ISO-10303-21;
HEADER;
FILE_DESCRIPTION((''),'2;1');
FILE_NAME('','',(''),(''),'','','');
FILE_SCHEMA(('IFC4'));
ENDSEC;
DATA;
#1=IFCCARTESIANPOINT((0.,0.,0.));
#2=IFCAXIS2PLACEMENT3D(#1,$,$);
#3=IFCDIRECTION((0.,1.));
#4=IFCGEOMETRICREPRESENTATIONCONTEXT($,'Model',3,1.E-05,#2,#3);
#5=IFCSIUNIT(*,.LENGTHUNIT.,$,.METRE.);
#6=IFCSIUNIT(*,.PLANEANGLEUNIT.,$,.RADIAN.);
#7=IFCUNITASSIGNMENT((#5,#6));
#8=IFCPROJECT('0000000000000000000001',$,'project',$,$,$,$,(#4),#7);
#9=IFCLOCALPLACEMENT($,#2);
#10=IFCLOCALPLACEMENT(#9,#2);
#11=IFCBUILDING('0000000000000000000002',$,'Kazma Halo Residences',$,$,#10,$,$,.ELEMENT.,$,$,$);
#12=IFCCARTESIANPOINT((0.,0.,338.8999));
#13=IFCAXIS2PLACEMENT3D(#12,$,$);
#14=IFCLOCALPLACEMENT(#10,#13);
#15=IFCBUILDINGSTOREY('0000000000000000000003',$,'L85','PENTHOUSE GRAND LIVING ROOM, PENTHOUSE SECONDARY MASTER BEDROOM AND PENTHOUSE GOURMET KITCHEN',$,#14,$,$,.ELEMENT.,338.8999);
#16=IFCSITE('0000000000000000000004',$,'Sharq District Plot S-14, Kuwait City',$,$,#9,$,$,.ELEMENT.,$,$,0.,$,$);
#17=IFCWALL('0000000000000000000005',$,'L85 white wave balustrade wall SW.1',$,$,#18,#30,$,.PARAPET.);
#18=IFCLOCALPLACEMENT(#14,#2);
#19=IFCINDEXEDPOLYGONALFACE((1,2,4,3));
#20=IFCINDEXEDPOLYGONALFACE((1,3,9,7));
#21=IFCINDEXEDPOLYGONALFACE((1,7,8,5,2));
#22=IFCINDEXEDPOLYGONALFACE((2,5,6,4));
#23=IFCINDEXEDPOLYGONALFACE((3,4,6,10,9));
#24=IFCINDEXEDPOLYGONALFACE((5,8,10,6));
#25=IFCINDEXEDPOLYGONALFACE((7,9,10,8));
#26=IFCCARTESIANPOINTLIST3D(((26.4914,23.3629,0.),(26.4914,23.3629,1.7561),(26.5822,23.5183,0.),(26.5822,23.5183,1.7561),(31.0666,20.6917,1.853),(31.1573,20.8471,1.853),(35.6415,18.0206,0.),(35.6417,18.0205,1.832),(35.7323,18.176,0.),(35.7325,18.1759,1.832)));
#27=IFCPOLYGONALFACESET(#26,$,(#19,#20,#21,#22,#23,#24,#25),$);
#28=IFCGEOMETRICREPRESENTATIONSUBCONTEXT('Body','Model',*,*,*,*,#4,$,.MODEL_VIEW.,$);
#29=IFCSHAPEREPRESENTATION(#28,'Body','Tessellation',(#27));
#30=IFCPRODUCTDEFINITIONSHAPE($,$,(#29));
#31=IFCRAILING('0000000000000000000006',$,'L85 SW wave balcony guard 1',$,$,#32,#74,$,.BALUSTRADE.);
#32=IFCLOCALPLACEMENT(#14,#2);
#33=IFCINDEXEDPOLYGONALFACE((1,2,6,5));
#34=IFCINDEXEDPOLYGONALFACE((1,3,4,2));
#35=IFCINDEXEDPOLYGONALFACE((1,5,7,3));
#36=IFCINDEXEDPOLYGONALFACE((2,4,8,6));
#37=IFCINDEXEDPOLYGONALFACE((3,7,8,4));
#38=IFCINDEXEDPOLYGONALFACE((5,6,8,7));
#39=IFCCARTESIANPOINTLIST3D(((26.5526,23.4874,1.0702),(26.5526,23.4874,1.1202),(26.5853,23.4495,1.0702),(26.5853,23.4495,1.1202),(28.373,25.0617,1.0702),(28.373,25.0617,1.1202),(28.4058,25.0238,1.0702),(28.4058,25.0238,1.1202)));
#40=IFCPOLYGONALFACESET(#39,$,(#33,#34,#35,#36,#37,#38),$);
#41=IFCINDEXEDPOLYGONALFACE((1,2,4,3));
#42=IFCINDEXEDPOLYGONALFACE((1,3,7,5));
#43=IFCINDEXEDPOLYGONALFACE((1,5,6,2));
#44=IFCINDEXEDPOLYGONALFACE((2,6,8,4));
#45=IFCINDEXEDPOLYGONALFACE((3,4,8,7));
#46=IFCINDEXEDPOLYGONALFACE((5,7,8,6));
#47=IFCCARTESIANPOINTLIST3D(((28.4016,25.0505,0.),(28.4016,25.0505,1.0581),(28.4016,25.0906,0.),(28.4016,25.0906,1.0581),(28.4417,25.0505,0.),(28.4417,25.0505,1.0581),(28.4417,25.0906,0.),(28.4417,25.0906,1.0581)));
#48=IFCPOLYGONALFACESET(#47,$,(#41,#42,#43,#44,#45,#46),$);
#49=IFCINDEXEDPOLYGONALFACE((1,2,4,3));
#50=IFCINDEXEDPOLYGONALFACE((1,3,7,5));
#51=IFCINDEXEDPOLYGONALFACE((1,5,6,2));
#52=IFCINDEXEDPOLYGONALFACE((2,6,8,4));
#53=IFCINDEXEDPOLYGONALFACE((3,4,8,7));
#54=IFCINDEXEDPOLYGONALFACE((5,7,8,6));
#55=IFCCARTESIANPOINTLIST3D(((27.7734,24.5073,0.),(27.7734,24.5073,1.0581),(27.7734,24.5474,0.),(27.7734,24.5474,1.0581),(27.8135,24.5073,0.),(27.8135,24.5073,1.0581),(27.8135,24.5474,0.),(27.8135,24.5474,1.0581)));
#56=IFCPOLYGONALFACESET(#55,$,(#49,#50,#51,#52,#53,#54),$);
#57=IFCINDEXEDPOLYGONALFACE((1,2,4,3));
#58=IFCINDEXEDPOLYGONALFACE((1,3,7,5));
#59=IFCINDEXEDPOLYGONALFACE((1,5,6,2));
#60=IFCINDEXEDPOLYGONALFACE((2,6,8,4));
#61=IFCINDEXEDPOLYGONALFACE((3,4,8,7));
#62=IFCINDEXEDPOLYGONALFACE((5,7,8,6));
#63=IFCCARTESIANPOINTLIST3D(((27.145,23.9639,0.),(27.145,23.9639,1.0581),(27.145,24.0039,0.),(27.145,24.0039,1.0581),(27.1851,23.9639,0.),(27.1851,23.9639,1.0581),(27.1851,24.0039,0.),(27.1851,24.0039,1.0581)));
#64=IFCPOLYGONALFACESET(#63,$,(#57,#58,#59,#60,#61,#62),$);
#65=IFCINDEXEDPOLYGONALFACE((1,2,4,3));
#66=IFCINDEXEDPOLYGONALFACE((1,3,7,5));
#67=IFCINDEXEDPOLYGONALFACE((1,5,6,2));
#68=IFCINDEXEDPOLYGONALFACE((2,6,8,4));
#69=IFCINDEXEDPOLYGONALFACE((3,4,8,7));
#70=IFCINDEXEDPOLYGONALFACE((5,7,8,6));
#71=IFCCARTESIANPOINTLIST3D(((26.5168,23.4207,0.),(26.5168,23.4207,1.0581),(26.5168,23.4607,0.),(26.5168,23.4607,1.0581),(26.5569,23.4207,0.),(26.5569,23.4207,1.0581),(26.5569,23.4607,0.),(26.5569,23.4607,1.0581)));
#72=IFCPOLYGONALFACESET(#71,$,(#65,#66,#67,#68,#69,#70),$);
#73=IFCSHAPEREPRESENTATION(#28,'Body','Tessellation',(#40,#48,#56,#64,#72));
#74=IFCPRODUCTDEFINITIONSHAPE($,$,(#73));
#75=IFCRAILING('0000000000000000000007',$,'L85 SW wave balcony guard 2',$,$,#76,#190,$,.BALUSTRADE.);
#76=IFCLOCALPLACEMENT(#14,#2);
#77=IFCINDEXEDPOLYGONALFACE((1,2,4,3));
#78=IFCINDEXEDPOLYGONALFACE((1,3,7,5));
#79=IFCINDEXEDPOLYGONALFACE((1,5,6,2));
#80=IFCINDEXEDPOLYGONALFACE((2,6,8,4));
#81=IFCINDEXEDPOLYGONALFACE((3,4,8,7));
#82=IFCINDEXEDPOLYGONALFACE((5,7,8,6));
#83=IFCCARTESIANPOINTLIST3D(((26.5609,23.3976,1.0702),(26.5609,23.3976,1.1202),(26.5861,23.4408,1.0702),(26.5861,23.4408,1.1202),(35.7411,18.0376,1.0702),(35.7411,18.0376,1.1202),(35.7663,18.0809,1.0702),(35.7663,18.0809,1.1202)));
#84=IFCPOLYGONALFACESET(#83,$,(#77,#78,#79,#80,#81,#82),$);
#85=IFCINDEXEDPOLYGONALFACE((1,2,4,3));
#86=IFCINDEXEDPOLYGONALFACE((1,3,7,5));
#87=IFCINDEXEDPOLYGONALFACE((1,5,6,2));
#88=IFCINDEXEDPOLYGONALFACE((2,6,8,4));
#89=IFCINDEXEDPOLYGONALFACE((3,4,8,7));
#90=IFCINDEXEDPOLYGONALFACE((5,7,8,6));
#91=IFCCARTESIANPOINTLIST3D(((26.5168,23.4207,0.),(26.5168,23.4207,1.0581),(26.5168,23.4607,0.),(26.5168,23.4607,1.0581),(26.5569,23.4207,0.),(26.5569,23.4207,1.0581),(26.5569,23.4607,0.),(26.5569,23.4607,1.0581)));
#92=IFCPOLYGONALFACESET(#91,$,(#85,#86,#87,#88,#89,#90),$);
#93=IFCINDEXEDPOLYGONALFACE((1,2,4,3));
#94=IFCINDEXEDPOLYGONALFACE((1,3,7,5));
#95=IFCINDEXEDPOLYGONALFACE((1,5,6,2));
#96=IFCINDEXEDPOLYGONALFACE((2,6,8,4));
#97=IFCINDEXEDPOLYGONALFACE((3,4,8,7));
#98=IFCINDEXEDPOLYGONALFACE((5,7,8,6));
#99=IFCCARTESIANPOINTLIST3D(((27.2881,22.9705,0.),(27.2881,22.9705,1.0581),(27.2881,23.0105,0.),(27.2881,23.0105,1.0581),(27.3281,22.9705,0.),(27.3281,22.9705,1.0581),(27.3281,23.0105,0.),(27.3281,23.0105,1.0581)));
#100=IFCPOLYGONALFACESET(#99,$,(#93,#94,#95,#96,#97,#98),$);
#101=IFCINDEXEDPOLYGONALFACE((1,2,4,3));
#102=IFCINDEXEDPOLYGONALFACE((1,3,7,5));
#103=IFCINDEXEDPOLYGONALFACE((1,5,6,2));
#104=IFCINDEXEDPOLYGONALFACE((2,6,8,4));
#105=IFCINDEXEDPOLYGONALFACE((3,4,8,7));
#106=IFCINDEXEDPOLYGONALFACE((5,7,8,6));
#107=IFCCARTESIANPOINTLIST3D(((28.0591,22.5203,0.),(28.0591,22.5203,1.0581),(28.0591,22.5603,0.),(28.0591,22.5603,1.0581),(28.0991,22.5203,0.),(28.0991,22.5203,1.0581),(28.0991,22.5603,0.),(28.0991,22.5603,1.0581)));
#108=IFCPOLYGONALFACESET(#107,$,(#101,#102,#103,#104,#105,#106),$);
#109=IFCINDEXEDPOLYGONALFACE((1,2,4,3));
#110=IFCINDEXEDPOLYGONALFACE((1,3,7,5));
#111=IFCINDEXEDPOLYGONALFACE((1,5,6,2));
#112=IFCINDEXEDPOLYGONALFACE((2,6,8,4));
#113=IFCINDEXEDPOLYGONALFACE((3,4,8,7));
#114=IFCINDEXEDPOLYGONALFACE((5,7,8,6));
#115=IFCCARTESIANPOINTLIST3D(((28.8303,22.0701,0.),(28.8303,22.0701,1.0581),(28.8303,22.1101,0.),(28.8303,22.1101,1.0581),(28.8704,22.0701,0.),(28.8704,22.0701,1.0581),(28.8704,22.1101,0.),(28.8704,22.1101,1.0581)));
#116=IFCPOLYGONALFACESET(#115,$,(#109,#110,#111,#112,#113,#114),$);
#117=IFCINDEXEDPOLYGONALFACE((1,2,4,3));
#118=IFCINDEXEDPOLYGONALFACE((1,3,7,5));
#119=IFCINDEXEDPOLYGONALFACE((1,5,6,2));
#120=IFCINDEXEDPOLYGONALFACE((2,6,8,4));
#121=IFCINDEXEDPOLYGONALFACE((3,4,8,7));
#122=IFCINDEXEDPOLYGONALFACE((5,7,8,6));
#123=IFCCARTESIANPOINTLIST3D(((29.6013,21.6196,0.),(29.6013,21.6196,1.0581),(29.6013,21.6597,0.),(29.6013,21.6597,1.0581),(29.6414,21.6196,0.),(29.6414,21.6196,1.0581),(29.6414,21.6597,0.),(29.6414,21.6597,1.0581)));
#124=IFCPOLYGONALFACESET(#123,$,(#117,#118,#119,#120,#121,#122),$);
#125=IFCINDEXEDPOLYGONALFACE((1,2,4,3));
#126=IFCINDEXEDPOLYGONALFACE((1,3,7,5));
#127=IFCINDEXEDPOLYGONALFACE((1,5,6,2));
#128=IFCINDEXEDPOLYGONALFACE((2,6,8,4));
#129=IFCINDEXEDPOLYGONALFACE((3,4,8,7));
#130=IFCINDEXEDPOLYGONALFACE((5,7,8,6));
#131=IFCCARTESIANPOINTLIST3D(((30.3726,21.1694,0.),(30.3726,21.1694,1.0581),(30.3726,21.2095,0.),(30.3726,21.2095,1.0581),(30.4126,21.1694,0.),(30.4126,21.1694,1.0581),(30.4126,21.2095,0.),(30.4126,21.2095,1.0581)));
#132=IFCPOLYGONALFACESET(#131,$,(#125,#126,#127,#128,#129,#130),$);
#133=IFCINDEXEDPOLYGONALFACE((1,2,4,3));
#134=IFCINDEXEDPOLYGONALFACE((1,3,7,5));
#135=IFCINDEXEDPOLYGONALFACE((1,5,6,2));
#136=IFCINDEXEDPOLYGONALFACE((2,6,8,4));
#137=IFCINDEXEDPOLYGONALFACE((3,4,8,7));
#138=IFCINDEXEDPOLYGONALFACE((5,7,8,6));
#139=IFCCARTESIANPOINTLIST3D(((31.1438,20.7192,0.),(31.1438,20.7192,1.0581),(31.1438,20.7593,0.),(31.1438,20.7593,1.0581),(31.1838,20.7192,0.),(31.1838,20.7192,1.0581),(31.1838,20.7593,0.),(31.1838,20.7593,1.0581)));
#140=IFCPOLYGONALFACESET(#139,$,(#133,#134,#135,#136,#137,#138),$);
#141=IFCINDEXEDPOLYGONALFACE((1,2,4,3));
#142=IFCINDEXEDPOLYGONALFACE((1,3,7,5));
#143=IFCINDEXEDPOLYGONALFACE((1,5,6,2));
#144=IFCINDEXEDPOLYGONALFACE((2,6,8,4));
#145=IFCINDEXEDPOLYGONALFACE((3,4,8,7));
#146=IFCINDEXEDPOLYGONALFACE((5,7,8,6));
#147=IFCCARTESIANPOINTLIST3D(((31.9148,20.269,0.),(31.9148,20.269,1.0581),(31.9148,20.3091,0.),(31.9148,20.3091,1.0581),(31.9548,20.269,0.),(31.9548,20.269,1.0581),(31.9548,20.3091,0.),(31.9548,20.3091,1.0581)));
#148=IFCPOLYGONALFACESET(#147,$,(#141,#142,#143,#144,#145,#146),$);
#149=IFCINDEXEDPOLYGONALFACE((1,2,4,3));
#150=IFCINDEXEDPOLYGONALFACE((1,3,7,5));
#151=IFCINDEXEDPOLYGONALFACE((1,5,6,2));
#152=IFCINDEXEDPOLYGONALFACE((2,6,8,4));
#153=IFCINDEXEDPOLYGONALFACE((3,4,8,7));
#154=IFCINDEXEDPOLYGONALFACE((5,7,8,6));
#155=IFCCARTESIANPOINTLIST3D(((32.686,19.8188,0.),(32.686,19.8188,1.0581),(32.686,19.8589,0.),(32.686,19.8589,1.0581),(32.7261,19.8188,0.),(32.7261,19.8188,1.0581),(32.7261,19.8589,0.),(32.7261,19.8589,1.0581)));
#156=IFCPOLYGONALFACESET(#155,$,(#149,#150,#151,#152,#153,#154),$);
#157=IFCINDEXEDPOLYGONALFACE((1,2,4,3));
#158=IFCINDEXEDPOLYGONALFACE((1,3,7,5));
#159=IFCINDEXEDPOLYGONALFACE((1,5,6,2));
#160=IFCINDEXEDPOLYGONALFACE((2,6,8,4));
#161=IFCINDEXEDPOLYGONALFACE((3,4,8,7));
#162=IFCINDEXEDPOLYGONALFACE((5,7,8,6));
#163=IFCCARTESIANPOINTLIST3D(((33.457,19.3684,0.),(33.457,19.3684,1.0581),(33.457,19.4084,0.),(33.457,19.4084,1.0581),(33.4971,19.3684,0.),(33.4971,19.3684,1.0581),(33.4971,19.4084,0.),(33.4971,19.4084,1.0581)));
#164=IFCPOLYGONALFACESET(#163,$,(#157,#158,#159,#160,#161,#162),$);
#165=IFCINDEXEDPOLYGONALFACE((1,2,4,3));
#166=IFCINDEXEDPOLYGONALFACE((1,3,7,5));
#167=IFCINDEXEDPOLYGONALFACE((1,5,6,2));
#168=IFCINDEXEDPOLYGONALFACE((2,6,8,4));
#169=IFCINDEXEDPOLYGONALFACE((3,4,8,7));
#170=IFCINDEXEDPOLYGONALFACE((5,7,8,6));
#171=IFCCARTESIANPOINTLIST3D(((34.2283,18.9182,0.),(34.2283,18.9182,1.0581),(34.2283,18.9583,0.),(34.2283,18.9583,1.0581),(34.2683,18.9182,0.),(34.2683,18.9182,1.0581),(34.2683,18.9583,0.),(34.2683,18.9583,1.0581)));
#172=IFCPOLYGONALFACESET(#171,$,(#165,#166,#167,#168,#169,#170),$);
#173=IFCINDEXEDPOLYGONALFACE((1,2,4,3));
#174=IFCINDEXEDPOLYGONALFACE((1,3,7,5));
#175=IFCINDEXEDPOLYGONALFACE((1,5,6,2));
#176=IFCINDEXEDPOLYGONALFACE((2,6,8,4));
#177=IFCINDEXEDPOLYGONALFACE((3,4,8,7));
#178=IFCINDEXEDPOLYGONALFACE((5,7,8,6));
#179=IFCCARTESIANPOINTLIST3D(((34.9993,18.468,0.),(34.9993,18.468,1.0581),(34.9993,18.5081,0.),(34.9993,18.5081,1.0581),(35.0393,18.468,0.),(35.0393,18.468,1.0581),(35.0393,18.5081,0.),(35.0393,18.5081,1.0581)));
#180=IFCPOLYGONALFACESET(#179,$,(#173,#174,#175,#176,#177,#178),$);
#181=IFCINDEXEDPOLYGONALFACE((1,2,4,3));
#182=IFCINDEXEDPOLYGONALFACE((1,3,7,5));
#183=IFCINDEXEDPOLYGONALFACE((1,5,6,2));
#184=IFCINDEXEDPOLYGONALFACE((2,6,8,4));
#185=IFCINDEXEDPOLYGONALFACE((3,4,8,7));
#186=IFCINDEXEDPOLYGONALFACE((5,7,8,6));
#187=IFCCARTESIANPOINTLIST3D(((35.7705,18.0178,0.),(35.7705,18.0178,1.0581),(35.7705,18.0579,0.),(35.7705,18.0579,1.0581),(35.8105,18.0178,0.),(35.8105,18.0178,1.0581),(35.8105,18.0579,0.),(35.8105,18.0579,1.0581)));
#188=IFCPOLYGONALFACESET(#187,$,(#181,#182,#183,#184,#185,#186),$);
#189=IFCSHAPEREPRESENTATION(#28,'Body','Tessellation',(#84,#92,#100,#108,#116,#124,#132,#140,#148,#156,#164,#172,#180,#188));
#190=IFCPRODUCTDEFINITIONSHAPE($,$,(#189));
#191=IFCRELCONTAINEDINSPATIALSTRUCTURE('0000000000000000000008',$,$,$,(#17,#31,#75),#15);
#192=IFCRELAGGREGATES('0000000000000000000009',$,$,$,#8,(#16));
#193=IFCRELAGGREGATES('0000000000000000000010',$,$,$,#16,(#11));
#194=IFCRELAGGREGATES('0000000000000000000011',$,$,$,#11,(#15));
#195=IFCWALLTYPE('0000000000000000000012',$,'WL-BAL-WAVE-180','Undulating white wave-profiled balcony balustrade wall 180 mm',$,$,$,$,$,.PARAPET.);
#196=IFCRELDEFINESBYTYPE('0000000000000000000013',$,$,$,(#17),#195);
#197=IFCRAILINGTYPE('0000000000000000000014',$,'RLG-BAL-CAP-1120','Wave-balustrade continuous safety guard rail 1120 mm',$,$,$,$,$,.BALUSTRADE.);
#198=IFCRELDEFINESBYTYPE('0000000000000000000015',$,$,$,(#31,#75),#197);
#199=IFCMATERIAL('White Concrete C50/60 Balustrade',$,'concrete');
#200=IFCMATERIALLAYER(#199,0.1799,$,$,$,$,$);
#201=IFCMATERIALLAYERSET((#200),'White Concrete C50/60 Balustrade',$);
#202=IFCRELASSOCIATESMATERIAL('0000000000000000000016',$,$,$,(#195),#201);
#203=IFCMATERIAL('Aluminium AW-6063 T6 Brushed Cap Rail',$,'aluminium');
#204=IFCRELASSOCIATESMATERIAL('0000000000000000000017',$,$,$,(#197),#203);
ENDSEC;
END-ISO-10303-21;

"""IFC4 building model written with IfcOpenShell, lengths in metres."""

from ifc_helpers import new_model, si_unit, direction, frame, origin, origin_2d, place, context, subcontext, project, spatial, polyline, rectangle, outline, extrude, material, layer, layer_set, type_object, element, save


model = new_model("IFC4")

# Units and contexts
model_context = context("Model", 3, precision=1e-05, world=origin(), true_north=direction((0.0, 1.0)))
body_context = subcontext(model_context, "Body", "Model", "MODEL_VIEW")
ifc_project = project(units=[si_unit("LENGTHUNIT", "METRE"), si_unit("PLANEANGLEUNIT", "RADIAN")], contexts=[model_context])

# Site, building, storey
site_placement = place(None, origin())
site = spatial("IfcSite", under=ifc_project, at=site_placement, Name="Sharq District Plot S-14, Kuwait City", CompositionType="ELEMENT", RefElevation=0.0)
building_placement = place(site_placement, origin())
building = spatial("IfcBuilding", under=site, at=building_placement, Name="Kazma Halo Residences", CompositionType="ELEMENT")
storey_placement = place(building_placement, frame((0.0, 0.0, 338.8999)))
storey = spatial("IfcBuildingStorey", under=building, at=storey_placement, Name="L85", Description="PENTHOUSE GRAND LIVING ROOM, PENTHOUSE SECONDARY MASTER BEDROOM AND PENTHOUSE GOURMET KITCHEN", CompositionType="ELEMENT", Elevation=338.8999)

# Wall
ifc_material_1 = material(Name="White Concrete C50/60 Balustrade", Category="concrete")
ifc_layer_1 = layer(ifc_material_1, 0.1799)
ifc_layer_set_1 = layer_set([ifc_layer_1], Name="White Concrete C50/60 Balustrade")
wall_type_1 = type_object("IfcWallType", Name="WL-BAL-WAVE-180", Description="Undulating white wave-profiled balcony balustrade wall 180 mm", PredefinedType="PARAPET", material=ifc_layer_set_1)
wall_1_placement = place(storey_placement, frame((26.5369, 23.4407, 0.0), z_axis=(0.0, 0.0, 1.0), x_axis=(0.863586, -0.504202, 0.0)))
element("IfcWall", 1, at=wall_1_placement, inside=storey, type_object=wall_type_1, Name="L85 white wave balustrade wall SW.1", PredefinedType="PARAPET", context=body_context, shape_type="SweptSolid", body=[
    extrude(outline(polyline([(0.0, 0.0), (10.5955, 0.0), (10.5957, 1.832), (5.2979, 1.853), (0.0, 1.7561), (0.0, 0.0)])), frame((0.0, 0.0898, 0.0), z_axis=(0.0, -1.0, 0.0), x_axis=(1.0, 0.0, 0.0)), (0.0, 0.0, 1.0), 0.1799),
])

# Railings
ifc_material_2 = material(Name="Aluminium AW-6063 T6 Brushed Cap Rail", Category="aluminium")
railing_type = type_object("IfcRailingType", Name="RLG-BAL-CAP-1120", Description="Wave-balustrade continuous safety guard rail 1120 mm", PredefinedType="BALUSTRADE", material=ifc_material_2)
railing_1_placement = place(storey_placement, frame((28.4216, 25.0706, 0.0)))
element("IfcRailing", 2, at=railing_1_placement, inside=storey, type_object=railing_type, Name="L85 SW wave balcony guard 1", PredefinedType="BALUSTRADE", context=body_context, shape_type="SweptSolid", body=[
    extrude(rectangle(XDim=0.05, YDim=0.05, at=origin_2d()), frame((-0.0322, -0.0278, 1.0952), z_axis=(-0.7564, -0.65411, 0.0), x_axis=(0.65411, -0.7564, 0.0)), (0.0, 0.0, 1.0), 2.4067),
    extrude(rectangle(XDim=0.04, YDim=0.04, at=origin_2d()), origin(), (0.0, 0.0, 1.0), 1.0581),
    extrude(rectangle(XDim=0.04, YDim=0.04, at=origin_2d()), frame((-0.6282, -0.5432, 0.0)), (0.0, 0.0, 1.0), 1.0581),
    extrude(rectangle(XDim=0.04, YDim=0.04, at=origin_2d()), frame((-1.2566, -1.0867, 0.0)), (0.0, 0.0, 1.0), 1.0581),
    extrude(rectangle(XDim=0.04, YDim=0.04, at=origin_2d()), frame((-1.8848, -1.6299, 0.0)), (0.0, 0.0, 1.0), 1.0581),
])
railing_2_placement = place(storey_placement, frame((26.5369, 23.4407, 0.0)))
element("IfcRailing", 3, at=railing_2_placement, inside=storey, type_object=railing_type, Name="L85 SW wave balcony guard 2", PredefinedType="BALUSTRADE", context=body_context, shape_type="SweptSolid", body=[
    extrude(rectangle(XDim=0.05, YDim=0.05, at=origin_2d()), frame((0.0366, -0.0215, 1.0952), z_axis=(0.863581, -0.50421, 0.0), x_axis=(0.50421, 0.863581, 0.0)), (0.0, 0.0, 1.0), 10.6304),
    extrude(rectangle(XDim=0.04, YDim=0.04, at=origin_2d()), origin(), (0.0, 0.0, 1.0), 1.0581),
    extrude(rectangle(XDim=0.04, YDim=0.04, at=origin_2d()), frame((0.7712, -0.4502, 0.0)), (0.0, 0.0, 1.0), 1.0581),
    extrude(rectangle(XDim=0.04, YDim=0.04, at=origin_2d()), frame((1.5422, -0.9004, 0.0)), (0.0, 0.0, 1.0), 1.0581),
    extrude(rectangle(XDim=0.04, YDim=0.04, at=origin_2d()), frame((2.3135, -1.3506, 0.0)), (0.0, 0.0, 1.0), 1.0581),
    extrude(rectangle(XDim=0.04, YDim=0.04, at=origin_2d()), frame((3.0845, -1.801, 0.0)), (0.0, 0.0, 1.0), 1.0581),
    extrude(rectangle(XDim=0.04, YDim=0.04, at=origin_2d()), frame((3.8557, -2.2512, 0.0)), (0.0, 0.0, 1.0), 1.0581),
    extrude(rectangle(XDim=0.04, YDim=0.04, at=origin_2d()), frame((4.627, -2.7014, 0.0)), (0.0, 0.0, 1.0), 1.0581),
    extrude(rectangle(XDim=0.04, YDim=0.04, at=origin_2d()), frame((5.3979, -3.1516, 0.0)), (0.0, 0.0, 1.0), 1.0581),
    extrude(rectangle(XDim=0.04, YDim=0.04, at=origin_2d()), frame((6.1692, -3.6018, 0.0)), (0.0, 0.0, 1.0), 1.0581),
    extrude(rectangle(XDim=0.04, YDim=0.04, at=origin_2d()), frame((6.9402, -4.0522, 0.0)), (0.0, 0.0, 1.0), 1.0581),
    extrude(rectangle(XDim=0.04, YDim=0.04, at=origin_2d()), frame((7.7114, -4.5024, 0.0)), (0.0, 0.0, 1.0), 1.0581),
    extrude(rectangle(XDim=0.04, YDim=0.04, at=origin_2d()), frame((8.4824, -4.9526, 0.0)), (0.0, 0.0, 1.0), 1.0581),
    extrude(rectangle(XDim=0.04, YDim=0.04, at=origin_2d()), frame((9.2537, -5.4028, 0.0)), (0.0, 0.0, 1.0), 1.0581),
])

save(model, "model.ifc")
